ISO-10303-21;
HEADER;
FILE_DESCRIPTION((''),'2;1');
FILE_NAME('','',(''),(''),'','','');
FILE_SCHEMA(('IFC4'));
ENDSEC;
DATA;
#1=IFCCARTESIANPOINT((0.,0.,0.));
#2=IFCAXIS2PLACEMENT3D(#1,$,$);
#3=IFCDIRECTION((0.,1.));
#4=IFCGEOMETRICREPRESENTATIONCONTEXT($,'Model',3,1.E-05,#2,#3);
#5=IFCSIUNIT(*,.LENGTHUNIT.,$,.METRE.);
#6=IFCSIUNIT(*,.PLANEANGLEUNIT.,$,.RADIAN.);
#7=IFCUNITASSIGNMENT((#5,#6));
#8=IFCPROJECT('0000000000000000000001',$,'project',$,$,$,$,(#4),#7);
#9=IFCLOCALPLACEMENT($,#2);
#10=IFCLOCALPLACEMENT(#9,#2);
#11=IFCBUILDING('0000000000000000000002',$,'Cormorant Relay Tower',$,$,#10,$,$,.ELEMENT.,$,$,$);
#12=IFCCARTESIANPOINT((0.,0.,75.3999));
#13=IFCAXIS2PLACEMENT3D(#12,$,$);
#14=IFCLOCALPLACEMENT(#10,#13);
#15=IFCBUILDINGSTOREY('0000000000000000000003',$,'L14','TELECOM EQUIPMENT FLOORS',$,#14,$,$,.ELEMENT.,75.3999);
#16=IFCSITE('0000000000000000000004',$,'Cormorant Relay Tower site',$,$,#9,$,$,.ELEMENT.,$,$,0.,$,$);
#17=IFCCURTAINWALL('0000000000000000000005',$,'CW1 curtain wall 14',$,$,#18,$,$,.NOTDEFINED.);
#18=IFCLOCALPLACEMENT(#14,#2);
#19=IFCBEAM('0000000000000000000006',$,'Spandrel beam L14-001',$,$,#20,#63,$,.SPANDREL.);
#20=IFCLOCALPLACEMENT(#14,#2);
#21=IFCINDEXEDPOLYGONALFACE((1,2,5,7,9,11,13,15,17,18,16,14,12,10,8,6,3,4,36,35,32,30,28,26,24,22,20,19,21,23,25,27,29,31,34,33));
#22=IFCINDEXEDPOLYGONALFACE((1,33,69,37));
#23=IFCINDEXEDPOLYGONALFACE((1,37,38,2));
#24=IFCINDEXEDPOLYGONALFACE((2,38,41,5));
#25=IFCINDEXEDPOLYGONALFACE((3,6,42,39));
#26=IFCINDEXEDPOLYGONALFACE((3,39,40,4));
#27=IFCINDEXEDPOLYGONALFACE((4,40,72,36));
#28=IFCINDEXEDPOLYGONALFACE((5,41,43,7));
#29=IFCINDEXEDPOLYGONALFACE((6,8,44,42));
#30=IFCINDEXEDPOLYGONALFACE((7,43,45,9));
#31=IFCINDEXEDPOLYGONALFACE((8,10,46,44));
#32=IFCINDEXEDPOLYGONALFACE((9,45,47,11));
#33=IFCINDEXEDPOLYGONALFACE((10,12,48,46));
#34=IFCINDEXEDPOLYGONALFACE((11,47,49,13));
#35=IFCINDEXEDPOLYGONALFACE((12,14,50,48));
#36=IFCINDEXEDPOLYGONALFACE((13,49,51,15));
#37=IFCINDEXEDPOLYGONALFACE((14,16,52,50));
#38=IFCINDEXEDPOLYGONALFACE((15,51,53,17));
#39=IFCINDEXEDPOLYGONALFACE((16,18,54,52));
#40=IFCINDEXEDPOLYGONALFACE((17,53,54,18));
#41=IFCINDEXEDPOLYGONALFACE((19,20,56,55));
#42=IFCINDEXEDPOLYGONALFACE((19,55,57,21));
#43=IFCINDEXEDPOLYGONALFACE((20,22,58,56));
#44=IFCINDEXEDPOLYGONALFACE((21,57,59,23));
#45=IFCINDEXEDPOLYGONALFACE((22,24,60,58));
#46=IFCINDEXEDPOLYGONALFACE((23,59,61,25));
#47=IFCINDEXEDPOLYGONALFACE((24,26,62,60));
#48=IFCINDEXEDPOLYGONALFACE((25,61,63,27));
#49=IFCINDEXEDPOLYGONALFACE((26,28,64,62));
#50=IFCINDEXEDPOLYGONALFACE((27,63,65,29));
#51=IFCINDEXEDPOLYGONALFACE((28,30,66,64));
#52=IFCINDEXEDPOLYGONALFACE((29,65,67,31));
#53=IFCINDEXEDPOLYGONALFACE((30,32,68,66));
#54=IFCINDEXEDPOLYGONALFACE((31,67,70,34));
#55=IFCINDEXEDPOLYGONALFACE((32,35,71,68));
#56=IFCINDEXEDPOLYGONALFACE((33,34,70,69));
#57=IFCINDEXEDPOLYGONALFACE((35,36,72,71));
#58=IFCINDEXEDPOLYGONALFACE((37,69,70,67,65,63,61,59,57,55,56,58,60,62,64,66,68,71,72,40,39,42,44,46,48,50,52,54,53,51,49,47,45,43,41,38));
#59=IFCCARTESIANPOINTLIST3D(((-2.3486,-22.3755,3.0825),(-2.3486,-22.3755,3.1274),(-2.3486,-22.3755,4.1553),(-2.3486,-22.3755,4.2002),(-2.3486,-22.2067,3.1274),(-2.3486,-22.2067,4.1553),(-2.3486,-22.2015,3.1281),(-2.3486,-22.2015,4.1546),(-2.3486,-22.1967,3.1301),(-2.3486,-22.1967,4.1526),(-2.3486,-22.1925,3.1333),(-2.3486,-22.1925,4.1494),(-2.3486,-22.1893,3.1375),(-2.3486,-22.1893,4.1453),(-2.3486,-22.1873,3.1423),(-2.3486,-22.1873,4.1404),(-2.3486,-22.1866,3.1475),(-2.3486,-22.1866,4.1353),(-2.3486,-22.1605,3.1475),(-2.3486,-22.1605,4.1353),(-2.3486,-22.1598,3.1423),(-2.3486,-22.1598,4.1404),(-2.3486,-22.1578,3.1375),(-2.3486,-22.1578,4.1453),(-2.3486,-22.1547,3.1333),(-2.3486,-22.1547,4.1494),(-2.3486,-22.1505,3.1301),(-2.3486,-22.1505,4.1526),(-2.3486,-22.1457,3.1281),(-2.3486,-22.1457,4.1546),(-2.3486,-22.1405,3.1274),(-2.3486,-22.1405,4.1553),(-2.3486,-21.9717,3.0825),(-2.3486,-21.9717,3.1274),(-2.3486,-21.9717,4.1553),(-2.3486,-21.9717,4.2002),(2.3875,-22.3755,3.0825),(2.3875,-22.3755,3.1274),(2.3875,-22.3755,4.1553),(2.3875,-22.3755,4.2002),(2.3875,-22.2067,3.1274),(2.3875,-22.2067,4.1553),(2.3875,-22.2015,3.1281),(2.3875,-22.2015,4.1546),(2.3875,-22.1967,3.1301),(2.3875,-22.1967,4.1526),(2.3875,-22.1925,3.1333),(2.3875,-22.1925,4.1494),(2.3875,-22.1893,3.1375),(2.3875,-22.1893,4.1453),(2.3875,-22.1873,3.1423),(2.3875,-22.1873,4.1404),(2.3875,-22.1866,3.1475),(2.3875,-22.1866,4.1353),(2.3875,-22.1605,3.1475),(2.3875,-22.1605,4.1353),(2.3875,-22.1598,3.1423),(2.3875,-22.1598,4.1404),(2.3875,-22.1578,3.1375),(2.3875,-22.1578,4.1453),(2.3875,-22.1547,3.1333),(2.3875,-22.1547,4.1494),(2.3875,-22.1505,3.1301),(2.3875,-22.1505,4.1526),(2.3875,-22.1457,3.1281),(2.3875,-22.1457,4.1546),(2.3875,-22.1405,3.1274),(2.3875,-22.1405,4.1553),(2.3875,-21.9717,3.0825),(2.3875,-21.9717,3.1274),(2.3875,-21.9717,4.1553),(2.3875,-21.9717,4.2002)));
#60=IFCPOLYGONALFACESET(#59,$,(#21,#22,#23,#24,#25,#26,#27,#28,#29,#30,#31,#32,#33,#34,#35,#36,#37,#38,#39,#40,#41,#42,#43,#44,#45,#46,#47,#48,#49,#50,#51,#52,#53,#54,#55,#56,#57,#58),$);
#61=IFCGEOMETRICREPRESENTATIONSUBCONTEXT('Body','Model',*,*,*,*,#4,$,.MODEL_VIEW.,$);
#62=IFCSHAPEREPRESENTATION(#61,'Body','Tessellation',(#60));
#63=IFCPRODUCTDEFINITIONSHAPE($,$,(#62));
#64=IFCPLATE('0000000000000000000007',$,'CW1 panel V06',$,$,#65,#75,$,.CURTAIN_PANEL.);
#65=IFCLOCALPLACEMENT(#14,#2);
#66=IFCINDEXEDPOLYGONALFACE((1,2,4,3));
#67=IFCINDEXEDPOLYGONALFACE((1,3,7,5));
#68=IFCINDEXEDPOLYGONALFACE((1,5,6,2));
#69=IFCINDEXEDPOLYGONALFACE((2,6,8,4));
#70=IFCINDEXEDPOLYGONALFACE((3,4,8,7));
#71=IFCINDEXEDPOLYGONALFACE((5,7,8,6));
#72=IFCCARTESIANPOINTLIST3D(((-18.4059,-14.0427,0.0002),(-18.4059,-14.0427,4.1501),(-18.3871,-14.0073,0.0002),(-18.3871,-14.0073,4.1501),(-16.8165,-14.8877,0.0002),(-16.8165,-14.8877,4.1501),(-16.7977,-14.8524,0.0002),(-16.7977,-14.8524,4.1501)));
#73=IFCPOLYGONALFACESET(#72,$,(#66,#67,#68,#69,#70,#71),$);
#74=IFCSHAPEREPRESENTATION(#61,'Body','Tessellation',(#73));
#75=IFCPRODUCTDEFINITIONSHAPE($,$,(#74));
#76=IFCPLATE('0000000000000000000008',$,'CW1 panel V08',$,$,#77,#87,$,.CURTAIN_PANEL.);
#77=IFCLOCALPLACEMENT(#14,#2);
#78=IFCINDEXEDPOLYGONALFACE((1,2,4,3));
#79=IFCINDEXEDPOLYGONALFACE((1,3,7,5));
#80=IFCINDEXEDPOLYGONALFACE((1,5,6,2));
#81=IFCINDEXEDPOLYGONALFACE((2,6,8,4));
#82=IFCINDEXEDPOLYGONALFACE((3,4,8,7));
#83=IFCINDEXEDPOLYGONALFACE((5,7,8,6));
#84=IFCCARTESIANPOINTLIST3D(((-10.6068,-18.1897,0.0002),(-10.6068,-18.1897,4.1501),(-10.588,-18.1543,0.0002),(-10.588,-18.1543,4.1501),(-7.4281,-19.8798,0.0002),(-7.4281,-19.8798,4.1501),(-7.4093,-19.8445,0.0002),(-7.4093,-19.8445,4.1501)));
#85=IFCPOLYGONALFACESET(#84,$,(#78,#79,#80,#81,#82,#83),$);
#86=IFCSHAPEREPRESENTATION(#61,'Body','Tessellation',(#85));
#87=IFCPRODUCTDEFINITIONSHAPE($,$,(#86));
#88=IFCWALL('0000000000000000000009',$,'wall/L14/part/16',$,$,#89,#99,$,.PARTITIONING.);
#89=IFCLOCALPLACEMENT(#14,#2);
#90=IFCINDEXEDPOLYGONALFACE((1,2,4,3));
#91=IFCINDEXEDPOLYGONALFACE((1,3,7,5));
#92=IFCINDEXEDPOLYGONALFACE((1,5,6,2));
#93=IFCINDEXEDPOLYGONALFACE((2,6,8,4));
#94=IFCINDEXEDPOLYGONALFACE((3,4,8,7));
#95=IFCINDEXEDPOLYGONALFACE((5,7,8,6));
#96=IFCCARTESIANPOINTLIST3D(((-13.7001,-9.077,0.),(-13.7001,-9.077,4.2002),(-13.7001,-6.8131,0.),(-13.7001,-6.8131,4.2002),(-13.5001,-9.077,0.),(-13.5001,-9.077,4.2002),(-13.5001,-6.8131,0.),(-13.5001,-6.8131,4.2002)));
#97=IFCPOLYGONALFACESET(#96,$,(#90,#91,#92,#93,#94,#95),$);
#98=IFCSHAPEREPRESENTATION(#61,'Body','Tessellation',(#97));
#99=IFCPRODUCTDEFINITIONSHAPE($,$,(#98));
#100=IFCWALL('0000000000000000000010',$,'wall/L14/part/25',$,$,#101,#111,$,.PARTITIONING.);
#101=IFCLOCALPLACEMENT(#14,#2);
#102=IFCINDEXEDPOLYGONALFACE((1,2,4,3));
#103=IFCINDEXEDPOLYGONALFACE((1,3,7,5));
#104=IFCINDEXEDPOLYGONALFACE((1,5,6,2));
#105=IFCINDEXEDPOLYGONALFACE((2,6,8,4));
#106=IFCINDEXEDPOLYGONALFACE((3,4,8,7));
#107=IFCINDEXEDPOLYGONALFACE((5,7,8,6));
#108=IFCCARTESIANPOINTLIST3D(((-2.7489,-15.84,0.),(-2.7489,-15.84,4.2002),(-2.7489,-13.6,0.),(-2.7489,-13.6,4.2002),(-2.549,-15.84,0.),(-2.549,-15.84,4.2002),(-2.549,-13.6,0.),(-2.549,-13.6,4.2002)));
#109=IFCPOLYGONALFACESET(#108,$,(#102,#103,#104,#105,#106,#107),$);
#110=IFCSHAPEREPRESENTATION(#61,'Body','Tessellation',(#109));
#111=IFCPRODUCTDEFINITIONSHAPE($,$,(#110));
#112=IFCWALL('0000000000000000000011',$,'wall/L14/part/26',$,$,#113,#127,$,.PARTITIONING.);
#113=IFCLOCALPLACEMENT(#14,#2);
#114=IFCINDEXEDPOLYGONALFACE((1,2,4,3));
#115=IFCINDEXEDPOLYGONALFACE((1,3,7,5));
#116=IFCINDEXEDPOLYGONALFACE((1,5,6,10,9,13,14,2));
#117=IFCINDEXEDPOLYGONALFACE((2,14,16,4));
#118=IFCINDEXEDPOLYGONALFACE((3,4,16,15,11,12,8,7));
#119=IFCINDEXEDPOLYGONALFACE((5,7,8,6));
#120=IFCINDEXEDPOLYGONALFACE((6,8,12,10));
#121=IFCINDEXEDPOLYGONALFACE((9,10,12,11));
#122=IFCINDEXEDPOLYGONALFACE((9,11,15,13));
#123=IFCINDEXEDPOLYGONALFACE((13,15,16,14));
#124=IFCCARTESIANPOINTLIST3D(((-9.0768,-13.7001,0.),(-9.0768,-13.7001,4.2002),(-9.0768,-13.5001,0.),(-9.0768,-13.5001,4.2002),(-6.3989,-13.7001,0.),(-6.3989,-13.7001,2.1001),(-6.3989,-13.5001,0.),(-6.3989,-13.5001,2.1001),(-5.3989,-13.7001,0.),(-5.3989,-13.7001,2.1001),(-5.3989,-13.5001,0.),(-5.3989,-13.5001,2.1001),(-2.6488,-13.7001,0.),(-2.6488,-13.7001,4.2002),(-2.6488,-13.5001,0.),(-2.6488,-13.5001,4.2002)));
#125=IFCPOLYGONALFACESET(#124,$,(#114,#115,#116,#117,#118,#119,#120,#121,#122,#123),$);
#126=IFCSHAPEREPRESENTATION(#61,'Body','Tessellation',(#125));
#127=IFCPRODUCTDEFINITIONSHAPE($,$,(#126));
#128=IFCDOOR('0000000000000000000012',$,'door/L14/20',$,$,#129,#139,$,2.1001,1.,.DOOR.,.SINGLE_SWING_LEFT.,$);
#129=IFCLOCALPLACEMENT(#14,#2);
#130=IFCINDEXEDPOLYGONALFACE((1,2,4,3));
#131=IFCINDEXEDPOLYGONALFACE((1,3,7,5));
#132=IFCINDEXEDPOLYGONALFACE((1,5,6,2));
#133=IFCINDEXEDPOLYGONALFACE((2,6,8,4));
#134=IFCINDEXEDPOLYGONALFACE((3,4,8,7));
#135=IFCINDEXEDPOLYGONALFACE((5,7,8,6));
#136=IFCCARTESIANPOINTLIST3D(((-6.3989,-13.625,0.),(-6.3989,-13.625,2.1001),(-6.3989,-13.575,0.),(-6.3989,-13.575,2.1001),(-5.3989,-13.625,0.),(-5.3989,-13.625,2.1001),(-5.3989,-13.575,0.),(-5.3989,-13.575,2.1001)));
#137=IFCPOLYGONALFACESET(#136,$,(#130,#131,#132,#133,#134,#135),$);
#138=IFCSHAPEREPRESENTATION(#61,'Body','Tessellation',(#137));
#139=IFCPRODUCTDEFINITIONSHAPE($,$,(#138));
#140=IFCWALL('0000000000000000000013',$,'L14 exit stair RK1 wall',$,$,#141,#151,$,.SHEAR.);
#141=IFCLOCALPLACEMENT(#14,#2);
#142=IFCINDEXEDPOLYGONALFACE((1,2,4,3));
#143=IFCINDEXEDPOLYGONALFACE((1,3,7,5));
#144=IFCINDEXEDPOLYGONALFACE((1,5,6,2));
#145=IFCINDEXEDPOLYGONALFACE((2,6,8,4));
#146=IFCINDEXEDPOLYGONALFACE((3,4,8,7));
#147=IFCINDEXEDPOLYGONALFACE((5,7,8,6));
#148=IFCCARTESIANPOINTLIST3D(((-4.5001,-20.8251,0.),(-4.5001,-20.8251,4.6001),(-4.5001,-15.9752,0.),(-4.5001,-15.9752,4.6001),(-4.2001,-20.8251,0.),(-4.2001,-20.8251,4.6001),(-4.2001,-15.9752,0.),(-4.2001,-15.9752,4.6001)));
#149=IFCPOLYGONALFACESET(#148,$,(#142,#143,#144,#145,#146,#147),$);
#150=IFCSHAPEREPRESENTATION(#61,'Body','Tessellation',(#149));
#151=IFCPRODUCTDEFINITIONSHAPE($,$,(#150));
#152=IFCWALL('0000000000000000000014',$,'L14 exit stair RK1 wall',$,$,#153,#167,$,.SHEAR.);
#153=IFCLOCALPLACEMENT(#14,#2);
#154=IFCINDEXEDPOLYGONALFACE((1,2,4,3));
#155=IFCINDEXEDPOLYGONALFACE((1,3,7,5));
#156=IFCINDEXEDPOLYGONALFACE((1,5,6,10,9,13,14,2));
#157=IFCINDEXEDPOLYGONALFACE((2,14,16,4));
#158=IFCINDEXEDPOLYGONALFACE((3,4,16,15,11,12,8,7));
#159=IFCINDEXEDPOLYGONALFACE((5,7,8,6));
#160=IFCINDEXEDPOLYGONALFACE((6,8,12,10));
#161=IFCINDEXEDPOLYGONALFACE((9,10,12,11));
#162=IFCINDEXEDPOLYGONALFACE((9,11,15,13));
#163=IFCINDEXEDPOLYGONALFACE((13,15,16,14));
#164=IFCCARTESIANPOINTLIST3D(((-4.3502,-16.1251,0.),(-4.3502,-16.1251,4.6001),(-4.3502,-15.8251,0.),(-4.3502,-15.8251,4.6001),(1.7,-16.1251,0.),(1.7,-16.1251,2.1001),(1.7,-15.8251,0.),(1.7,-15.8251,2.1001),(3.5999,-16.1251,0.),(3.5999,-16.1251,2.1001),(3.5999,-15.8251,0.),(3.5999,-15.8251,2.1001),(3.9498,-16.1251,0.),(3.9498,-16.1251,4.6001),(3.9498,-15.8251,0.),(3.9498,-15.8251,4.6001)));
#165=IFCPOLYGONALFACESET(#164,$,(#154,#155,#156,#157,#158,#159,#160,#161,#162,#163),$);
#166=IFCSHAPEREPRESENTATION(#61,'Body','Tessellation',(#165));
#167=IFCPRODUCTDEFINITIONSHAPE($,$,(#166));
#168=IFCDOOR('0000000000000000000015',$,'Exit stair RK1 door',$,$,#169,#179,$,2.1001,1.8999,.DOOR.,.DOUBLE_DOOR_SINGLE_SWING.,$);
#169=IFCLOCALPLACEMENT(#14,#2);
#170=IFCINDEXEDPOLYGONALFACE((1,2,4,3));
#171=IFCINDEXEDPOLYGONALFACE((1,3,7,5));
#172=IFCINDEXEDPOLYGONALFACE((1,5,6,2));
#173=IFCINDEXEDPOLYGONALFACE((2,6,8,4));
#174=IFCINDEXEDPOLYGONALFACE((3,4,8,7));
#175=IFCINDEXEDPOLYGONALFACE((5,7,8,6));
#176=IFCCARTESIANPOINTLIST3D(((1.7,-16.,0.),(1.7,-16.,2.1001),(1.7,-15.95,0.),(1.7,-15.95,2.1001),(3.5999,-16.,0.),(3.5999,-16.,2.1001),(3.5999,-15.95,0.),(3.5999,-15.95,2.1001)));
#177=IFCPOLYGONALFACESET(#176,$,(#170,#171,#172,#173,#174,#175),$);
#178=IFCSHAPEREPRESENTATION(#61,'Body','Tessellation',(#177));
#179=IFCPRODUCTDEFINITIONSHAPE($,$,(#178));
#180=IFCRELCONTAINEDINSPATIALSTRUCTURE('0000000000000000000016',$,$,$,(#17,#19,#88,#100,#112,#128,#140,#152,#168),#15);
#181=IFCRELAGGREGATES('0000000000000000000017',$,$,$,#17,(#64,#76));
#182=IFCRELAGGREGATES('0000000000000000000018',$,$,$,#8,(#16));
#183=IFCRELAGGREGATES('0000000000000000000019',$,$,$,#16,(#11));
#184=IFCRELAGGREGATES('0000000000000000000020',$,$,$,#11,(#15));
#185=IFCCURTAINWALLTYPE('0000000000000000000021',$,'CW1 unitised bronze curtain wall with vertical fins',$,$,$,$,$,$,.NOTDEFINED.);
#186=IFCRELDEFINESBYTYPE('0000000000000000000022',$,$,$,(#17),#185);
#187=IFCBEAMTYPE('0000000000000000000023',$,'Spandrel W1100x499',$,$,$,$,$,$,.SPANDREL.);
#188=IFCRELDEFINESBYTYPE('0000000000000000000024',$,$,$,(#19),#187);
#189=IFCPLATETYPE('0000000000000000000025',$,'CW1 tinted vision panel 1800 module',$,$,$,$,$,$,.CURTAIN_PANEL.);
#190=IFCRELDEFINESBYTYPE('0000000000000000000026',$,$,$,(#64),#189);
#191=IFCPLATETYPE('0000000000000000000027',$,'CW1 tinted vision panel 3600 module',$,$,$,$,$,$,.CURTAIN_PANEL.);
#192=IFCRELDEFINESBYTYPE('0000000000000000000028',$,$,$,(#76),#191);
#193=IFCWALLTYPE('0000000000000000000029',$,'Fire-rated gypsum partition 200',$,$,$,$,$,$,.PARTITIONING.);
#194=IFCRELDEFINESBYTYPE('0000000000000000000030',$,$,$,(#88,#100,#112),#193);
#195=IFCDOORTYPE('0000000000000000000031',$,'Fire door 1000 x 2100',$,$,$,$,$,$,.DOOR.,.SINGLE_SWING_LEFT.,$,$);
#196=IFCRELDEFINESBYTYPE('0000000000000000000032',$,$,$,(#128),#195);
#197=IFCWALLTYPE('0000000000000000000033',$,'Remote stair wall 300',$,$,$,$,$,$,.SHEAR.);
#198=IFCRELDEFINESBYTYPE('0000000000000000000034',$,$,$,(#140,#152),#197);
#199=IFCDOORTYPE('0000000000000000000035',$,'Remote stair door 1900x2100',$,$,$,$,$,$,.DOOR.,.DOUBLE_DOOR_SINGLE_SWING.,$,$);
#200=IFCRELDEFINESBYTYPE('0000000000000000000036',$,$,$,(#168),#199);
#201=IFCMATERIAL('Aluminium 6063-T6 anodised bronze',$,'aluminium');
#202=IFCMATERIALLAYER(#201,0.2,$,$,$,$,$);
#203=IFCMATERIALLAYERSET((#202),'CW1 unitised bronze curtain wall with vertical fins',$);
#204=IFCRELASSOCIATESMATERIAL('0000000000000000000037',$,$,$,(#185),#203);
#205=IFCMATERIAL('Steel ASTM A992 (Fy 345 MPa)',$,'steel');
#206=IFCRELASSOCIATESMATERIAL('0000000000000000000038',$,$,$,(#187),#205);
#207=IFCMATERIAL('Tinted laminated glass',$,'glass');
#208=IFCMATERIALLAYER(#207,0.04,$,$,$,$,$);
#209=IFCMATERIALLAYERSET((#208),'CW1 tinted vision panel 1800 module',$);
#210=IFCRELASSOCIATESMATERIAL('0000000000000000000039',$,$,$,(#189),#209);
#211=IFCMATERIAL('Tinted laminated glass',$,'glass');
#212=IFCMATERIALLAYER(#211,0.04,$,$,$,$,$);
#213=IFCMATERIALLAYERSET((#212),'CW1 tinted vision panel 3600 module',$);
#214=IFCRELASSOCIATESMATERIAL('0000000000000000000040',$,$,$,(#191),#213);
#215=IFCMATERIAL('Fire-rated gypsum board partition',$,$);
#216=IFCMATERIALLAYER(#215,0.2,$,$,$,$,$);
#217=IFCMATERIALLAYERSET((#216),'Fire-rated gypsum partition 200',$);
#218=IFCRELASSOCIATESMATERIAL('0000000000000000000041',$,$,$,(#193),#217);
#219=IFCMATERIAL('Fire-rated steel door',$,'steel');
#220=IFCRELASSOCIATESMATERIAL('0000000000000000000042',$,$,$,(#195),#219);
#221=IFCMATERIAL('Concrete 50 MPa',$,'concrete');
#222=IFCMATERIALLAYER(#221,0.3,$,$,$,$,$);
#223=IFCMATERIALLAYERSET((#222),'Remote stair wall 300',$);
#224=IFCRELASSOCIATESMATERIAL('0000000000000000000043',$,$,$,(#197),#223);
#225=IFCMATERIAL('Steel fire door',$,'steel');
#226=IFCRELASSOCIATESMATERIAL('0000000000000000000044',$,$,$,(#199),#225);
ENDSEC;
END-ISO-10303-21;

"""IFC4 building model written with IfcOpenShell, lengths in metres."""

from ifc_helpers import new_model, si_unit, direction, frame, frame_2d, origin, origin_2d, place, context, subcontext, project, spatial, rectangle, i_section, extrude, material, layer, layer_set, material_profile, profile_set, type_object, element, fill, aggregate, save


model = new_model("IFC4")

# Units and contexts
model_context = context("Model", 3, precision=1e-05, world=origin(), true_north=direction((0.0, 1.0)))
body_context = subcontext(model_context, "Body", "Model", "MODEL_VIEW")
ifc_project = project(units=[si_unit("LENGTHUNIT", "METRE"), si_unit("PLANEANGLEUNIT", "RADIAN")], contexts=[model_context])

# Site, building, storey
site_placement = place(None, origin())
site = spatial("IfcSite", under=ifc_project, at=site_placement, Name="Cormorant Relay Tower site", CompositionType="ELEMENT", RefElevation=0.0)
building_placement = place(site_placement, origin())
building = spatial("IfcBuilding", under=site, at=building_placement, Name="Cormorant Relay Tower", CompositionType="ELEMENT")
storey_placement = place(building_placement, frame((0.0, 0.0, 75.3999)))
storey = spatial("IfcBuildingStorey", under=building, at=storey_placement, Name="L14", Description="TELECOM EQUIPMENT FLOORS", CompositionType="ELEMENT", Elevation=75.3999)

# Shared definitions
ifc_material_1 = material(Name="Aluminium 6063-T6 anodised bronze", Category="aluminium")
ifc_layer_1 = layer(ifc_material_1, 0.2)
ifc_layer_set_1 = layer_set([ifc_layer_1], Name="CW1 unitised bronze curtain wall with vertical fins")
curtain_wall_type = type_object("IfcCurtainWallType", Name="CW1 unitised bronze curtain wall with vertical fins", PredefinedType="NOTDEFINED", material=ifc_layer_set_1)

# Curtain wall
curtain_wall_1_placement = place(storey_placement, origin())
curtain_wall_1 = element("IfcCurtainWall", 1, at=curtain_wall_1_placement, inside=storey, type_object=curtain_wall_type, Name="CW1 curtain wall 14", PredefinedType="NOTDEFINED")

# Beam
ifc_material_2 = material(Name="Steel ASTM A992 (Fy 345 MPa)", Category="steel")
ifc_material_profile_1 = material_profile(ifc_material_2, i_section(OverallWidth=0.4038, OverallDepth=1.1177, WebThickness=0.0261, FlangeThickness=0.0449, FilletRadius=0.02, at=origin_2d()), Name="W1100x499")
ifc_profile_set_1 = profile_set([ifc_material_profile_1], Name="Steel ASTM A992 (Fy 345 MPa)")
beam_type = type_object("IfcBeamType", Name="Spandrel W1100x499", PredefinedType="SPANDREL", material=ifc_profile_set_1)
beam_placement = place(storey_placement, frame((-2.3486, -22.1736, 3.6414), z_axis=(1.0, 0.0, 0.0), x_axis=(0.0, 1.0, 0.0)))
element("IfcBeam", 2, at=beam_placement, inside=storey, type_object=beam_type, Name="Spandrel beam L14-001", PredefinedType="SPANDREL", context=body_context, shape_type="SweptSolid", body=[
    extrude(i_section(OverallWidth=0.4038, OverallDepth=1.1177, WebThickness=0.0261, FlangeThickness=0.0449, FilletRadius=0.02, at=origin_2d()), origin(), (0.0, 0.0, 1.0), 4.7361),
])

# Plates
ifc_material_3 = material(Name="Tinted laminated glass", Category="glass")
ifc_layer_2 = layer(ifc_material_3, 0.04)
ifc_layer_set_2 = layer_set([ifc_layer_2], Name="CW1 tinted vision panel 1800 module")
plate_type_1 = type_object("IfcPlateType", Name="CW1 tinted vision panel 1800 module", PredefinedType="CURTAIN_PANEL", material=ifc_layer_set_2)
plate_1_placement = place(storey_placement, frame((-17.6018, -14.4475, 0.0002), z_axis=(0.0, 0.0, 1.0), x_axis=(0.882948, -0.469472, 0.0)))
plate_1 = element("IfcPlate", 3, at=plate_1_placement, type_object=plate_type_1, Name="CW1 panel V06", PredefinedType="CURTAIN_PANEL", context=body_context, shape_type="SweptSolid", body=[
    extrude(rectangle(XDim=1.8, YDim=0.04, at=origin_2d()), origin(), (0.0, 0.0, 1.0), 4.1499),
])
ifc_material_4 = material(Name="Tinted laminated glass", Category="glass")
ifc_layer_3 = layer(ifc_material_4, 0.04)
ifc_layer_set_3 = layer_set([ifc_layer_3], Name="CW1 tinted vision panel 3600 module")
plate_type_2 = type_object("IfcPlateType", Name="CW1 tinted vision panel 3600 module", PredefinedType="CURTAIN_PANEL", material=ifc_layer_set_3)
plate_2_placement = place(storey_placement, frame((-9.0081, -19.0171, 0.0002), z_axis=(0.0, 0.0, 1.0), x_axis=(0.882948, -0.469472, 0.0)))
plate_2 = element("IfcPlate", 4, at=plate_2_placement, type_object=plate_type_2, Name="CW1 panel V08", PredefinedType="CURTAIN_PANEL", context=body_context, shape_type="SweptSolid", body=[
    extrude(rectangle(XDim=3.6001, YDim=0.04, at=origin_2d()), origin(), (0.0, 0.0, 1.0), 4.1499),
])

# Walls
ifc_material_5 = material(Name="Fire-rated gypsum board partition")
ifc_layer_4 = layer(ifc_material_5, 0.2)
ifc_layer_set_4 = layer_set([ifc_layer_4], Name="Fire-rated gypsum partition 200")
wall_type_1 = type_object("IfcWallType", Name="Fire-rated gypsum partition 200", PredefinedType="PARTITIONING", material=ifc_layer_set_4)
wall_1_placement = place(storey_placement, frame((-13.6001, -9.0769, 0.0), z_axis=(0.0, 0.0, 1.0), x_axis=(0.0, 1.0, 0.0)))
element("IfcWall", 5, at=wall_1_placement, inside=storey, type_object=wall_type_1, Name="wall/L14/part/16", PredefinedType="PARTITIONING", context=body_context, shape_type="SweptSolid", body=[
    extrude(rectangle(XDim=2.2639, YDim=0.2, at=frame_2d((1.1318, 0.0))), origin(), (0.0, 0.0, 1.0), 4.2002),
])
wall_2_placement = place(storey_placement, frame((-2.6489, -15.8401, 0.0), z_axis=(0.0, 0.0, 1.0), x_axis=(0.0, 1.0, 0.0)))
element("IfcWall", 6, at=wall_2_placement, inside=storey, type_object=wall_type_1, Name="wall/L14/part/25", PredefinedType="PARTITIONING", context=body_context, shape_type="SweptSolid", body=[
    extrude(rectangle(XDim=2.24, YDim=0.2, at=frame_2d((1.1201, 0.0))), origin(), (0.0, 0.0, 1.0), 4.2002),
])

# Wall, opening, door
wall_3_placement = place(storey_placement, frame((-2.6489, -13.6001, 0.0), z_axis=(0.0, 0.0, 1.0), x_axis=(-1.0, 0.0, 0.0)))
wall_3 = element("IfcWall", 7, at=wall_3_placement, inside=storey, type_object=wall_type_1, Name="wall/L14/part/26", PredefinedType="PARTITIONING", context=body_context, shape_type="SweptSolid", body=[
    extrude(rectangle(XDim=6.428, YDim=0.2, at=frame_2d((3.2139, 0.0))), origin(), (0.0, 0.0, 1.0), 4.2002),
])
opening_1_placement = place(wall_3_placement, frame((2.75, 0.0, 0.0)))
opening_1 = element("IfcOpeningElement", 8, at=opening_1_placement, cuts=wall_3, PredefinedType="OPENING", context=body_context, shape_type="SweptSolid", body=[
    extrude(rectangle(XDim=1.0, YDim=2.1001, at=frame_2d((0.5, 1.05))), frame((0.0, 0.1099, 0.0), z_axis=(0.0, -1.0, 0.0), x_axis=(1.0, 0.0, 0.0)), (0.0, 0.0, 1.0), 0.22),
])
ifc_material_6 = material(Name="Fire-rated steel door", Category="steel")
door_type_1 = type_object("IfcDoorType", Name="Fire door 1000 x 2100", OperationType="SINGLE_SWING_LEFT", PredefinedType="DOOR", material=ifc_material_6)
door_1_placement = place(opening_1_placement, origin())
door_1 = element("IfcDoor", 9, at=door_1_placement, inside=storey, type_object=door_type_1, Name="door/L14/20", OperationType="SINGLE_SWING_LEFT", OverallHeight=2.1001, OverallWidth=1.0, PredefinedType="DOOR", context=body_context, shape_type="SweptSolid", body=[
    extrude(rectangle(XDim=1.0, YDim=2.1001, at=frame_2d((0.5, 1.05))), frame((0.0, 0.0249, 0.0), z_axis=(0.0, -1.0, 0.0), x_axis=(1.0, 0.0, 0.0)), (0.0, 0.0, 1.0), 0.05),
])
fill(opening_1, door_1)

# Wall
ifc_material_7 = material(Name="Concrete 50 MPa", Category="concrete")
ifc_layer_5 = layer(ifc_material_7, 0.3)
ifc_layer_set_5 = layer_set([ifc_layer_5], Name="Remote stair wall 300")
wall_type_2 = type_object("IfcWallType", Name="Remote stair wall 300", PredefinedType="SHEAR", material=ifc_layer_set_5)
wall_4_placement = place(storey_placement, frame((-4.3501, -20.825, 0.0), z_axis=(0.0, 0.0, 1.0), x_axis=(0.0, 1.0, 0.0)))
element("IfcWall", 10, at=wall_4_placement, inside=storey, type_object=wall_type_2, Name="L14 exit stair RK1 wall", PredefinedType="SHEAR", context=body_context, shape_type="SweptSolid", body=[
    extrude(rectangle(XDim=4.8499, YDim=0.3, at=frame_2d((2.4248, 0.0))), origin(), (0.0, 0.0, 1.0), 4.6001),
])

# Wall, opening, door
wall_5_placement = place(storey_placement, frame((-4.3501, -15.9751, 0.0), z_axis=(0.0, 0.0, 1.0), x_axis=(1.0, 0.0, 0.0)))
wall_5 = element("IfcWall", 11, at=wall_5_placement, inside=storey, type_object=wall_type_2, Name="L14 exit stair RK1 wall", PredefinedType="SHEAR", context=body_context, shape_type="SweptSolid", body=[
    extrude(rectangle(XDim=8.3, YDim=0.3, at=frame_2d((4.1499, 0.0))), origin(), (0.0, 0.0, 1.0), 4.6001),
])
opening_2_placement = place(wall_5_placement, frame((6.05, 0.0, 0.0)))
opening_2 = element("IfcOpeningElement", 12, at=opening_2_placement, cuts=wall_5, PredefinedType="OPENING", context=body_context, shape_type="SweptSolid", body=[
    extrude(rectangle(XDim=1.8999, YDim=2.1001, at=frame_2d((0.95, 1.05))), frame((0.0, 0.1599, 0.0), z_axis=(0.0, -1.0, 0.0), x_axis=(1.0, 0.0, 0.0)), (0.0, 0.0, 1.0), 0.3201),
])
ifc_material_8 = material(Name="Steel fire door", Category="steel")
door_type_2 = type_object("IfcDoorType", Name="Remote stair door 1900x2100", OperationType="DOUBLE_DOOR_SINGLE_SWING", PredefinedType="DOOR", material=ifc_material_8)
door_2_placement = place(opening_2_placement, frame((1.8999, 0.0, 0.0), z_axis=(0.0, 0.0, 1.0), x_axis=(-1.0, 0.0, 0.0)))
door_2 = element("IfcDoor", 13, at=door_2_placement, inside=storey, type_object=door_type_2, Name="Exit stair RK1 door", OperationType="DOUBLE_DOOR_SINGLE_SWING", OverallHeight=2.1001, OverallWidth=1.8999, PredefinedType="DOOR", context=body_context, shape_type="SweptSolid", body=[
    extrude(rectangle(XDim=1.8999, YDim=2.1001, at=frame_2d((0.95, 1.05))), frame((0.0, 0.0249, 0.0), z_axis=(0.0, -1.0, 0.0), x_axis=(1.0, 0.0, 0.0)), (0.0, 0.0, 1.0), 0.05),
])
fill(opening_2, door_2)

aggregate(curtain_wall_1, [plate_1, plate_2])

save(model, "model.ifc")
